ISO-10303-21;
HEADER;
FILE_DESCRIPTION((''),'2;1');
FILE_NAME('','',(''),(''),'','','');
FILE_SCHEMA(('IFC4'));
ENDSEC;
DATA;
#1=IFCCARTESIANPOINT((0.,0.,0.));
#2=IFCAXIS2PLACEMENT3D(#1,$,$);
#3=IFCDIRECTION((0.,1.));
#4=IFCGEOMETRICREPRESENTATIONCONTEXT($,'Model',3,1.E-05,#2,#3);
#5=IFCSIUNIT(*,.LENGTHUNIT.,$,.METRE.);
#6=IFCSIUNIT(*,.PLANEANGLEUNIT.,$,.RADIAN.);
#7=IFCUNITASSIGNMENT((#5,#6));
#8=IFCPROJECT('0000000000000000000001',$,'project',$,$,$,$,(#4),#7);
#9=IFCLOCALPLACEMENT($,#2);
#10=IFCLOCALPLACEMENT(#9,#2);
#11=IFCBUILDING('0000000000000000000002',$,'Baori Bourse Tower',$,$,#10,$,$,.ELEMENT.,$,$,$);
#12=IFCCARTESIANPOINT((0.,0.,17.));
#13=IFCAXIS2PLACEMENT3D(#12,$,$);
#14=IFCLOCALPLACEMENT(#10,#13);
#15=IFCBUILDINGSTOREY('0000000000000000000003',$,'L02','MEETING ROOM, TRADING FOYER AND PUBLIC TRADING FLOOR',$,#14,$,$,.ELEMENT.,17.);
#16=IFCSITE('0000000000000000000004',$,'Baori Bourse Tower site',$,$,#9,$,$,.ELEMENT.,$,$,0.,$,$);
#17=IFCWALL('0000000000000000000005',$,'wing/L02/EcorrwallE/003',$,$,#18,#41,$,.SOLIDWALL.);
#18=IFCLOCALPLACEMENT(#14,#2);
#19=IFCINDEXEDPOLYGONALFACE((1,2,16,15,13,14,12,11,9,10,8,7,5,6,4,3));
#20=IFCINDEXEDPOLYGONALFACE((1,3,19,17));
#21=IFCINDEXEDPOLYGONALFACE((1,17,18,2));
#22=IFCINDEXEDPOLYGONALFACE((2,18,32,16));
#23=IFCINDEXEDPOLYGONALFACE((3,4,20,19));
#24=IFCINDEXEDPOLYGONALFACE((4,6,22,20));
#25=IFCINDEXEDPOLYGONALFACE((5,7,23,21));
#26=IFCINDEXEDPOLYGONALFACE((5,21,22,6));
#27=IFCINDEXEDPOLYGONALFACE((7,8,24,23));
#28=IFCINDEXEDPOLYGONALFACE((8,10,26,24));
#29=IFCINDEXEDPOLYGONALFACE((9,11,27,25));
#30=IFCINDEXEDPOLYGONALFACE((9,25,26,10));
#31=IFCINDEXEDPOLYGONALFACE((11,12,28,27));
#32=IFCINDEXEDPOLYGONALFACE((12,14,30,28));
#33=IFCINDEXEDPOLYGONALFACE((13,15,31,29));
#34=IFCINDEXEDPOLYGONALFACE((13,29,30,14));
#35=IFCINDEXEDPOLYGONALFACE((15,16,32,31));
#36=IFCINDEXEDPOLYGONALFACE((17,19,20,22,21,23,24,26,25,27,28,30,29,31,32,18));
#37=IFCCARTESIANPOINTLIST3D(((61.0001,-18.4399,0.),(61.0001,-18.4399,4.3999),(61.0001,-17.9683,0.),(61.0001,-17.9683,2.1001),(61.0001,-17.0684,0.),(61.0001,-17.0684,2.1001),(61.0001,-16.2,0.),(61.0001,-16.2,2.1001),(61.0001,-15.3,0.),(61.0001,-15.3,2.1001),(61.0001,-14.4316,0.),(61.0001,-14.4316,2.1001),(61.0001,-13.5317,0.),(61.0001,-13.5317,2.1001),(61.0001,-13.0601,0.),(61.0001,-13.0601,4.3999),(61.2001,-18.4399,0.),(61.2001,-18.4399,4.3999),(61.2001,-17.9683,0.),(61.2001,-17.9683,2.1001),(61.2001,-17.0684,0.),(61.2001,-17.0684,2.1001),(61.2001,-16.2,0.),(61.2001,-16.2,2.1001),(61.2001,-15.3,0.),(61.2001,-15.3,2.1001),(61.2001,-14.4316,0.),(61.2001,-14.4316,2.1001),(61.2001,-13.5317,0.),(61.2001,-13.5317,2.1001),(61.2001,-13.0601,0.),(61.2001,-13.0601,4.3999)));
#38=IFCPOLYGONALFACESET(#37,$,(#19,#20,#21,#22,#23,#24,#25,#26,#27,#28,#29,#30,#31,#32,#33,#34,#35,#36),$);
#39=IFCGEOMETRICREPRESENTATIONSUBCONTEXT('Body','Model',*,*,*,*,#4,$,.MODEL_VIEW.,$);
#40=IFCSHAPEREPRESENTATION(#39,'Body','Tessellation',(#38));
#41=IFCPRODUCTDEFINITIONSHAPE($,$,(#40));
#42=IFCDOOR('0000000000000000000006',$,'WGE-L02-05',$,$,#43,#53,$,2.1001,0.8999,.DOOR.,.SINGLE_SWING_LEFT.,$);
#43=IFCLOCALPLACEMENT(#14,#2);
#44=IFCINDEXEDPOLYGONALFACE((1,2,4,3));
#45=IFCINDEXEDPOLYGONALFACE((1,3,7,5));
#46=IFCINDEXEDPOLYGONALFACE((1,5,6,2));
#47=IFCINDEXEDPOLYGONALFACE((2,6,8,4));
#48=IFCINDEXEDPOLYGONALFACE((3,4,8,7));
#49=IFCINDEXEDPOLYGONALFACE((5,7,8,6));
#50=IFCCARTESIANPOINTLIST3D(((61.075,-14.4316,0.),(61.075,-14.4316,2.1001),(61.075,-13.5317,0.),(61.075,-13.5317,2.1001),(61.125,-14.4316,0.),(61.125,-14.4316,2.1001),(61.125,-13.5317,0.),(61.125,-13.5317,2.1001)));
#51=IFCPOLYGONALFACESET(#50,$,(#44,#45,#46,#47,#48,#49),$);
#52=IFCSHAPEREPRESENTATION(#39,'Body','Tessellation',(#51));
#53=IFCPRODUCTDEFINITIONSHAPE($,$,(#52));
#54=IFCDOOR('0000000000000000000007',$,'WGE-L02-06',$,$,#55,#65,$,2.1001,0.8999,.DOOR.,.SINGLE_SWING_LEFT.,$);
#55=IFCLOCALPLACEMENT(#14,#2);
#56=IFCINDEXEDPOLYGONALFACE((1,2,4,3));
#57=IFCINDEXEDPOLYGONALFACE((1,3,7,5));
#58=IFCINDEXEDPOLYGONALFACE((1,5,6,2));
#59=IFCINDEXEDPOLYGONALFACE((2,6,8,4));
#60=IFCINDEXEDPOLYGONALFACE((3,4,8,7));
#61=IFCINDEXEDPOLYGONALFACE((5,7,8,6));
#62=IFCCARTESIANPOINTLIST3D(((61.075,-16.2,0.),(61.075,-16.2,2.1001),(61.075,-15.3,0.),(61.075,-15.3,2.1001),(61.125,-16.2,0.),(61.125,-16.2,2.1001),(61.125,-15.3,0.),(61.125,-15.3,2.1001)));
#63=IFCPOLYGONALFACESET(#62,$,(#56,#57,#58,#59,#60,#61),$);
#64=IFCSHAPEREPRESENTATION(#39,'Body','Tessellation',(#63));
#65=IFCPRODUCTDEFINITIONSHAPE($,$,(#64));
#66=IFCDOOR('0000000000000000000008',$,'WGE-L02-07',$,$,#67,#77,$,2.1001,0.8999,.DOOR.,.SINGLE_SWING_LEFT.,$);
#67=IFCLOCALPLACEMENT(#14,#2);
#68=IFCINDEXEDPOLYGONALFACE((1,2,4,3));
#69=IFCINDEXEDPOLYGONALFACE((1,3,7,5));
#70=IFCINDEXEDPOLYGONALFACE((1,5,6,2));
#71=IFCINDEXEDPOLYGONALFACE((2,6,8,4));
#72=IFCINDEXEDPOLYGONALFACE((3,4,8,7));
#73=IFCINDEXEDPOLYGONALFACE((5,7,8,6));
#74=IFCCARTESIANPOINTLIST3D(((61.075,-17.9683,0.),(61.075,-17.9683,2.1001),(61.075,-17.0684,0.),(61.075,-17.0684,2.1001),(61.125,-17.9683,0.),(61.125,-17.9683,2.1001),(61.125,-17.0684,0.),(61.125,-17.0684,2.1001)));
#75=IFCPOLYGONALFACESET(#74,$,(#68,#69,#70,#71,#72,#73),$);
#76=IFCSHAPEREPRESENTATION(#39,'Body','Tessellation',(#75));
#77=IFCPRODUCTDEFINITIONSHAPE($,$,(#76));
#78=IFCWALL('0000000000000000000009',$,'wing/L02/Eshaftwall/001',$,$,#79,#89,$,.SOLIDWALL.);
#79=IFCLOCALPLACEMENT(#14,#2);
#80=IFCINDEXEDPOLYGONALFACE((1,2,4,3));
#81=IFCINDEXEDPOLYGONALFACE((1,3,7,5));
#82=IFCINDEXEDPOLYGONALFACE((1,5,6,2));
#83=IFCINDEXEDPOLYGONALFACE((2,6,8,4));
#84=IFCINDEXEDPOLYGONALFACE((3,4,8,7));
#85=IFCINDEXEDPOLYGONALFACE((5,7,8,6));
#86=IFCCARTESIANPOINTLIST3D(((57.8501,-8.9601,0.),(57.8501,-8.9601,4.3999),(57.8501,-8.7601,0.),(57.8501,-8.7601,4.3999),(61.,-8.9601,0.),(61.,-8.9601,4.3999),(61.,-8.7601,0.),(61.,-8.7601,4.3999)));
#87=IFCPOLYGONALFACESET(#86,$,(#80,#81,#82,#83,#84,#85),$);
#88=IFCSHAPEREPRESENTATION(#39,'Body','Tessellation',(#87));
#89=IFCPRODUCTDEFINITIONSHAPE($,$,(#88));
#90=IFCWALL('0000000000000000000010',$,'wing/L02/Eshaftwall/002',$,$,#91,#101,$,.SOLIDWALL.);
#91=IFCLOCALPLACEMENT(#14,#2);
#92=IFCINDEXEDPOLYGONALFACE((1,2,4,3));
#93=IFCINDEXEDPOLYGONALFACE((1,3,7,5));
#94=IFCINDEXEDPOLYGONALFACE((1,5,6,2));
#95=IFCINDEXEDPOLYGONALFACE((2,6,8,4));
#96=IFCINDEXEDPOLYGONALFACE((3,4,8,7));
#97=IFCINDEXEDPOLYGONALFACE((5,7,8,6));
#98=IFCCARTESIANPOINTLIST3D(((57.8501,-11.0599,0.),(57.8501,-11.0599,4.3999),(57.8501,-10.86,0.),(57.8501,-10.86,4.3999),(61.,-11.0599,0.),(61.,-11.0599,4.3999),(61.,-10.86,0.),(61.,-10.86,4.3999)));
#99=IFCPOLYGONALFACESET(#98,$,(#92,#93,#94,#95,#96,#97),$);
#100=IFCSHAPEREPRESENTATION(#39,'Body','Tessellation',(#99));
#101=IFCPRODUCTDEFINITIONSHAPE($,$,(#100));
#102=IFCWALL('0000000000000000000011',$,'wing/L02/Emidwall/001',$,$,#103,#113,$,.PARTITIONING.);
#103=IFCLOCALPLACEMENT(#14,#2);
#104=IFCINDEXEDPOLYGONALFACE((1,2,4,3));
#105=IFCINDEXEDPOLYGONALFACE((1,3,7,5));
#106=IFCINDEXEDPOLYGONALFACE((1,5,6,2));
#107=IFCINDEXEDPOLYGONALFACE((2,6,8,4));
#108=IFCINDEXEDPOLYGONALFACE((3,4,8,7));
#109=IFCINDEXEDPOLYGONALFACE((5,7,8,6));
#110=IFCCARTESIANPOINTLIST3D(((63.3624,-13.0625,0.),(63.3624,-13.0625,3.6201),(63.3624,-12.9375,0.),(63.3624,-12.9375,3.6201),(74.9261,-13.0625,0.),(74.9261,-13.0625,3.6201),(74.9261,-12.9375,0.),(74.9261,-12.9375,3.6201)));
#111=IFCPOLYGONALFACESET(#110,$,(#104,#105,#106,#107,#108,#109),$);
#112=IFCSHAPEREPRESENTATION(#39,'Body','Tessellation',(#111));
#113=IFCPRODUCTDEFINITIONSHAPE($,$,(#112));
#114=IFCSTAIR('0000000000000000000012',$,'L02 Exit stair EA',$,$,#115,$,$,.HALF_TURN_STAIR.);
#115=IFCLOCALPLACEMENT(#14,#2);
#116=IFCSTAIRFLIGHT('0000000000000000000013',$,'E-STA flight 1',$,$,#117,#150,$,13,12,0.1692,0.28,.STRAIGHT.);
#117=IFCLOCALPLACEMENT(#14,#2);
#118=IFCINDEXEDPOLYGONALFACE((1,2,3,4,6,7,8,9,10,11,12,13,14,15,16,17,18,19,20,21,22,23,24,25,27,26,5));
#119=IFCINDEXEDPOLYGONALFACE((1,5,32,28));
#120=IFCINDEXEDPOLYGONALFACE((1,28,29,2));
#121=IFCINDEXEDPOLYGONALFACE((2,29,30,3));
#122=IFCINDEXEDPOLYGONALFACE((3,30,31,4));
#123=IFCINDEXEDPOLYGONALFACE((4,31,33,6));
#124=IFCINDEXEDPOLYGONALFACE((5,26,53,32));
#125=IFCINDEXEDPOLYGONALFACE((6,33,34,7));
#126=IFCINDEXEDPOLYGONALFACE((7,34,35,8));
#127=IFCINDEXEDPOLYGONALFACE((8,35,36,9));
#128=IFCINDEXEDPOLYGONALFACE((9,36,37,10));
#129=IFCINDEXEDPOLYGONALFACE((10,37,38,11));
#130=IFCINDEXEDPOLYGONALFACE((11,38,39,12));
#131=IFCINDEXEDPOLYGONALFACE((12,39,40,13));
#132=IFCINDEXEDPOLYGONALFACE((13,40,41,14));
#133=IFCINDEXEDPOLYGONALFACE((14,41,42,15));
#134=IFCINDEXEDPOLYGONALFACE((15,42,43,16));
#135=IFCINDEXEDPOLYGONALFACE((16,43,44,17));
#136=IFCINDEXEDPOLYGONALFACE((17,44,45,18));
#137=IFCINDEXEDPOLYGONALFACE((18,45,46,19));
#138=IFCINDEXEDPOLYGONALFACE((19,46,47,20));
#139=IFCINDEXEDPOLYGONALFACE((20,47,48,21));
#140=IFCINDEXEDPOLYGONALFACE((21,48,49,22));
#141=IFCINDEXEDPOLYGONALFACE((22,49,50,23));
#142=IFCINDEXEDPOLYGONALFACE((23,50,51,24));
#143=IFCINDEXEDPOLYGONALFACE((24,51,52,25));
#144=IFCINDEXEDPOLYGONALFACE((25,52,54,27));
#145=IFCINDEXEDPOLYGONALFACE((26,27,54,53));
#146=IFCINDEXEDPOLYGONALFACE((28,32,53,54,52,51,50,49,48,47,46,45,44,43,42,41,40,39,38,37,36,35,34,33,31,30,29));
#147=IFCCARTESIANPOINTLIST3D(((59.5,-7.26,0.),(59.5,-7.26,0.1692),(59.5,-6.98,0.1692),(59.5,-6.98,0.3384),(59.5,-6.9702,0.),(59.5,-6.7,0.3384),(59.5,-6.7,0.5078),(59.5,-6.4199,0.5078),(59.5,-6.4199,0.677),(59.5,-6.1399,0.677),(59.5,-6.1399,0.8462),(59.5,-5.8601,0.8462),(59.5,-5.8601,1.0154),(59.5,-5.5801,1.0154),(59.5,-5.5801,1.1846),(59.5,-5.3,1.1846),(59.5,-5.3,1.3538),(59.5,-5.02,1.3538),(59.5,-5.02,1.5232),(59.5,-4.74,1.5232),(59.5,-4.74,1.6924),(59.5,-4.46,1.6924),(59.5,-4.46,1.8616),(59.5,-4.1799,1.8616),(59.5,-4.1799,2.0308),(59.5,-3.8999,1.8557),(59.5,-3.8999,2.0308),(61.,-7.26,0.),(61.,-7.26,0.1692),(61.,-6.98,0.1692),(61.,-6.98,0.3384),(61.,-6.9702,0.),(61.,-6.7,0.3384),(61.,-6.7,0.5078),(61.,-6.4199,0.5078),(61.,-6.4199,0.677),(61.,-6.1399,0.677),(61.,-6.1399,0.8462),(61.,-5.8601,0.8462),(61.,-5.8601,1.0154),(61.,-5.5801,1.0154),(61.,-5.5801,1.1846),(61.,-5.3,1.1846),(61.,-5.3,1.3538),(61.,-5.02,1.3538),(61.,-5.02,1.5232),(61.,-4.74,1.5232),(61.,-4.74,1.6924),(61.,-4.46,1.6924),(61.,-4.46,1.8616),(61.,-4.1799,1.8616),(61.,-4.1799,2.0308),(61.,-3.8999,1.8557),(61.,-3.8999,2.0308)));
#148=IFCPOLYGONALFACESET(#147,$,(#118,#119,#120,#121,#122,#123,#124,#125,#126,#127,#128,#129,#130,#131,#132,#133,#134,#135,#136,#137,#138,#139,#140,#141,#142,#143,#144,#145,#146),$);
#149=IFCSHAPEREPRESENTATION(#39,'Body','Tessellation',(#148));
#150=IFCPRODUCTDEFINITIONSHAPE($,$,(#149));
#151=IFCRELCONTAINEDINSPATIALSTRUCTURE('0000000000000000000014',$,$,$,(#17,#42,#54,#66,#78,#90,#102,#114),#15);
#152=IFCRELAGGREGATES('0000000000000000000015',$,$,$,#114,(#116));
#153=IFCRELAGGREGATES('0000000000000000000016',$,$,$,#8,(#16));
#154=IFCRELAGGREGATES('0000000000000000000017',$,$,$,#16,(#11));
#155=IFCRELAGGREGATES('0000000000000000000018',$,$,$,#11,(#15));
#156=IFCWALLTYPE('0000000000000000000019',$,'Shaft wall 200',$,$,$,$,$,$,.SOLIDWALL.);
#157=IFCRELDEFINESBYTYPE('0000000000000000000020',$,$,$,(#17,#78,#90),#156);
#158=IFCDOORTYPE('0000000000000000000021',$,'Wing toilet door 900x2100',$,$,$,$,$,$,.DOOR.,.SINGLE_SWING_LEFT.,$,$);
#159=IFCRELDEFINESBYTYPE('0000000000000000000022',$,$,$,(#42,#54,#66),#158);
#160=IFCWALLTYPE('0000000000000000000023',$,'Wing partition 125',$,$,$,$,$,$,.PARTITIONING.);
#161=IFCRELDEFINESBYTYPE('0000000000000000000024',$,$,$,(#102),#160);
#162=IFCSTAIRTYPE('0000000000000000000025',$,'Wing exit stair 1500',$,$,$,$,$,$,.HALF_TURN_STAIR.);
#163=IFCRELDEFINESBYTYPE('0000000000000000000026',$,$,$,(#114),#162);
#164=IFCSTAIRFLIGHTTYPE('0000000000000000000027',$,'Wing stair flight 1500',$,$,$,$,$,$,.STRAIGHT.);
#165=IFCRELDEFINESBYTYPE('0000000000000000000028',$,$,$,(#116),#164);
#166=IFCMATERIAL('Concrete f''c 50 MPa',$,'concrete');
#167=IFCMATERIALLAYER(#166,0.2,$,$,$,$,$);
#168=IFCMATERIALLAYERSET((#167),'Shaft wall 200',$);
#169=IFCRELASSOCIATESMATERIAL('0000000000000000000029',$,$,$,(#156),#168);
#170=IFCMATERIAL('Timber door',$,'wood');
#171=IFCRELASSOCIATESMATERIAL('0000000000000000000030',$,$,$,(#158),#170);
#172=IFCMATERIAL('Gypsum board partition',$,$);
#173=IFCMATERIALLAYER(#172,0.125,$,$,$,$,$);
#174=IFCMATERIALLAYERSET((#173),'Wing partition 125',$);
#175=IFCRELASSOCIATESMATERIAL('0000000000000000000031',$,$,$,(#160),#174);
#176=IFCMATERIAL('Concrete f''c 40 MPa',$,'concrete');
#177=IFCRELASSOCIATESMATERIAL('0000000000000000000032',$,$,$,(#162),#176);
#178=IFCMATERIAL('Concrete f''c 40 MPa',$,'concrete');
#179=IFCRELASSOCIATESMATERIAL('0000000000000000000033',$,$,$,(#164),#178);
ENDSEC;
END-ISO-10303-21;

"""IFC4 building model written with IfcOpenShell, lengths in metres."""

from ifc_helpers import new_model, si_unit, direction, frame, frame_2d, origin, place, context, subcontext, project, spatial, polyline, rectangle, outline, extrude, material, layer, layer_set, type_object, element, fill, aggregate, save


model = new_model("IFC4")

# Units and contexts
model_context = context("Model", 3, precision=1e-05, world=origin(), true_north=direction((0.0, 1.0)))
body_context = subcontext(model_context, "Body", "Model", "MODEL_VIEW")
ifc_project = project(units=[si_unit("LENGTHUNIT", "METRE"), si_unit("PLANEANGLEUNIT", "RADIAN")], contexts=[model_context])

# Site, building, storey
site_placement = place(None, origin())
site = spatial("IfcSite", under=ifc_project, at=site_placement, Name="Baori Bourse Tower site", CompositionType="ELEMENT", RefElevation=0.0)
building_placement = place(site_placement, origin())
building = spatial("IfcBuilding", under=site, at=building_placement, Name="Baori Bourse Tower", CompositionType="ELEMENT")
storey_placement = place(building_placement, frame((0.0, 0.0, 17.0)))
storey = spatial("IfcBuildingStorey", under=building, at=storey_placement, Name="L02", Description="MEETING ROOM, TRADING FOYER AND PUBLIC TRADING FLOOR", CompositionType="ELEMENT", Elevation=17.0)

# Wall, openings, doors
ifc_material_1 = material(Name="Concrete f'c 50 MPa", Category="concrete")
ifc_layer_1 = layer(ifc_material_1, 0.2)
ifc_layer_set_1 = layer_set([ifc_layer_1], Name="Shaft wall 200")
wall_type_1 = type_object("IfcWallType", Name="Shaft wall 200", PredefinedType="SOLIDWALL", material=ifc_layer_set_1)
wall_1_placement = place(storey_placement, frame((61.1001, -13.0601, 0.0), z_axis=(0.0, 0.0, 1.0), x_axis=(0.0, -1.0, 0.0)))
wall_1 = element("IfcWall", 1, at=wall_1_placement, inside=storey, type_object=wall_type_1, Name="wing/L02/EcorrwallE/003", PredefinedType="SOLIDWALL", context=body_context, shape_type="SweptSolid", body=[
    extrude(rectangle(XDim=5.3799, YDim=0.2, at=frame_2d((2.6899, 0.0))), origin(), (0.0, 0.0, 1.0), 4.3999),
])
opening_1_placement = place(wall_1_placement, frame((0.4717, 0.0, 0.0)))
opening_1 = element("IfcOpeningElement", 2, at=opening_1_placement, cuts=wall_1, PredefinedType="OPENING", context=body_context, shape_type="SweptSolid", body=[
    extrude(rectangle(XDim=0.8999, YDim=2.1001, at=frame_2d((0.45, 1.05))), frame((0.0, 0.1099, 0.0), z_axis=(0.0, -1.0, 0.0), x_axis=(1.0, 0.0, 0.0)), (0.0, 0.0, 1.0), 0.22),
])
opening_2_placement = place(wall_1_placement, frame((2.24, 0.0, 0.0)))
opening_2 = element("IfcOpeningElement", 3, at=opening_2_placement, cuts=wall_1, PredefinedType="OPENING", context=body_context, shape_type="SweptSolid", body=[
    extrude(rectangle(XDim=0.8999, YDim=2.1001, at=frame_2d((0.45, 1.05))), frame((0.0, 0.1099, 0.0), z_axis=(0.0, -1.0, 0.0), x_axis=(1.0, 0.0, 0.0)), (0.0, 0.0, 1.0), 0.22),
])
opening_3_placement = place(wall_1_placement, frame((4.0083, 0.0, 0.0)))
opening_3 = element("IfcOpeningElement", 4, at=opening_3_placement, cuts=wall_1, PredefinedType="OPENING", context=body_context, shape_type="SweptSolid", body=[
    extrude(rectangle(XDim=0.8999, YDim=2.1001, at=frame_2d((0.45, 1.05))), frame((0.0, 0.1099, 0.0), z_axis=(0.0, -1.0, 0.0), x_axis=(1.0, 0.0, 0.0)), (0.0, 0.0, 1.0), 0.22),
])
ifc_material_2 = material(Name="Timber door", Category="wood")
door_type_1 = type_object("IfcDoorType", Name="Wing toilet door 900x2100", OperationType="SINGLE_SWING_LEFT", PredefinedType="DOOR", material=ifc_material_2)
door_1_placement = place(opening_1_placement, origin())
door_1 = element("IfcDoor", 5, at=door_1_placement, inside=storey, type_object=door_type_1, Name="WGE-L02-05", OperationType="SINGLE_SWING_LEFT", OverallHeight=2.1001, OverallWidth=0.8999, PredefinedType="DOOR", context=body_context, shape_type="SweptSolid", body=[
    extrude(rectangle(XDim=0.8999, YDim=2.1001, at=frame_2d((0.45, 1.05))), frame((0.0, 0.0249, 0.0), z_axis=(0.0, -1.0, 0.0), x_axis=(1.0, 0.0, 0.0)), (0.0, 0.0, 1.0), 0.05),
])
fill(opening_1, door_1)
door_2_placement = place(opening_2_placement, origin())
door_2 = element("IfcDoor", 6, at=door_2_placement, inside=storey, type_object=door_type_1, Name="WGE-L02-06", OperationType="SINGLE_SWING_LEFT", OverallHeight=2.1001, OverallWidth=0.8999, PredefinedType="DOOR", context=body_context, shape_type="SweptSolid", body=[
    extrude(rectangle(XDim=0.8999, YDim=2.1001, at=frame_2d((0.45, 1.05))), frame((0.0, 0.0249, 0.0), z_axis=(0.0, -1.0, 0.0), x_axis=(1.0, 0.0, 0.0)), (0.0, 0.0, 1.0), 0.05),
])
fill(opening_2, door_2)
door_3_placement = place(opening_3_placement, origin())
door_3 = element("IfcDoor", 7, at=door_3_placement, inside=storey, type_object=door_type_1, Name="WGE-L02-07", OperationType="SINGLE_SWING_LEFT", OverallHeight=2.1001, OverallWidth=0.8999, PredefinedType="DOOR", context=body_context, shape_type="SweptSolid", body=[
    extrude(rectangle(XDim=0.8999, YDim=2.1001, at=frame_2d((0.45, 1.05))), frame((0.0, 0.0249, 0.0), z_axis=(0.0, -1.0, 0.0), x_axis=(1.0, 0.0, 0.0)), (0.0, 0.0, 1.0), 0.05),
])
fill(opening_3, door_3)

# Walls
for number, where, z_axis, x_axis, name in (
    (8, (61.0, -8.8601, 0.0), (0.0, 0.0, 1.0), (-1.0, 0.0, 0.0), "wing/L02/Eshaftwall/001"),
    (9, (61.0, -10.96, 0.0), (0.0, 0.0, 1.0), (-1.0, 0.0, 0.0), "wing/L02/Eshaftwall/002"),
):
    element("IfcWall", number, at=place(storey_placement, frame(where, z_axis=z_axis, x_axis=x_axis)), inside=storey, type_object=wall_type_1, Name=name, PredefinedType="SOLIDWALL", context=body_context, shape_type="SweptSolid", body=[
        extrude(rectangle(XDim=3.1499, YDim=0.2, at=frame_2d((1.575, 0.0))), origin(), (0.0, 0.0, 1.0), 4.3999),
    ])
ifc_material_3 = material(Name="Gypsum board partition")
ifc_layer_2 = layer(ifc_material_3, 0.125)
ifc_layer_set_2 = layer_set([ifc_layer_2], Name="Wing partition 125")
wall_type_2 = type_object("IfcWallType", Name="Wing partition 125", PredefinedType="PARTITIONING", material=ifc_layer_set_2)
wall_2_placement = place(storey_placement, frame((63.3625, -13.0, 0.0), z_axis=(0.0, 0.0, 1.0), x_axis=(1.0, 0.0, 0.0)))
element("IfcWall", 10, at=wall_2_placement, inside=storey, type_object=wall_type_2, Name="wing/L02/Emidwall/001", PredefinedType="PARTITIONING", context=body_context, shape_type="SweptSolid", body=[
    extrude(rectangle(XDim=11.5637, YDim=0.125, at=frame_2d((5.7817, 0.0))), origin(), (0.0, 0.0, 1.0), 3.6201),
])

# Stair, stair flight
ifc_material_4 = material(Name="Concrete f'c 40 MPa", Category="concrete")
stair_type = type_object("IfcStairType", Name="Wing exit stair 1500", PredefinedType="HALF_TURN_STAIR", material=ifc_material_4)
stair_placement = place(storey_placement, origin())
stair = element("IfcStair", 11, at=stair_placement, inside=storey, type_object=stair_type, Name="L02 Exit stair EA", PredefinedType="HALF_TURN_STAIR")
ifc_material_5 = material(Name="Concrete f'c 40 MPa", Category="concrete")
stair_flight_type = type_object("IfcStairFlightType", Name="Wing stair flight 1500", PredefinedType="STRAIGHT", material=ifc_material_5)
stair_flight_1_placement = place(storey_placement, frame((60.25, -7.26, 0.0), z_axis=(0.0, 0.0, 1.0), x_axis=(0.0, 1.0, 0.0)))
stair_flight_1 = element("IfcStairFlight", 12, at=stair_flight_1_placement, type_object=stair_flight_type, Name="E-STA flight 1", NumberOfRisers=13, NumberOfTreads=12, PredefinedType="STRAIGHT", RiserHeight=0.1692, TreadLength=0.28, context=body_context, shape_type="SweptSolid", body=[
    extrude(outline(polyline([(0.0, 0.0), (0.0, 0.1692), (0.28, 0.1692), (0.28, 0.3384), (0.5601, 0.3384), (0.5601, 0.5078), (0.8401, 0.5078), (0.8401, 0.677), (1.1201, 0.677), (1.1201, 0.8462), (1.3999, 0.8462), (1.3999, 1.0154), (1.6799, 1.0154), (1.6799, 1.1846), (1.96, 1.1846), (1.96, 1.3538), (2.24, 1.3538), (2.24, 1.5232), (2.52, 1.5232), (2.52, 1.6924), (2.8, 1.6924), (2.8, 1.8616), (3.0801, 1.8616), (3.0801, 2.0308), (3.3601, 2.0308), (3.3601, 2.2), (3.3601, 1.8557), (0.2898, 0.0), (0.0, 0.0)])), frame((0.0, 0.75, 0.0), z_axis=(0.0, -1.0, 0.0), x_axis=(1.0, 0.0, 0.0)), (0.0, 0.0, 1.0), 1.5),
])
aggregate(stair, [stair_flight_1])

save(model, "model.ifc")
